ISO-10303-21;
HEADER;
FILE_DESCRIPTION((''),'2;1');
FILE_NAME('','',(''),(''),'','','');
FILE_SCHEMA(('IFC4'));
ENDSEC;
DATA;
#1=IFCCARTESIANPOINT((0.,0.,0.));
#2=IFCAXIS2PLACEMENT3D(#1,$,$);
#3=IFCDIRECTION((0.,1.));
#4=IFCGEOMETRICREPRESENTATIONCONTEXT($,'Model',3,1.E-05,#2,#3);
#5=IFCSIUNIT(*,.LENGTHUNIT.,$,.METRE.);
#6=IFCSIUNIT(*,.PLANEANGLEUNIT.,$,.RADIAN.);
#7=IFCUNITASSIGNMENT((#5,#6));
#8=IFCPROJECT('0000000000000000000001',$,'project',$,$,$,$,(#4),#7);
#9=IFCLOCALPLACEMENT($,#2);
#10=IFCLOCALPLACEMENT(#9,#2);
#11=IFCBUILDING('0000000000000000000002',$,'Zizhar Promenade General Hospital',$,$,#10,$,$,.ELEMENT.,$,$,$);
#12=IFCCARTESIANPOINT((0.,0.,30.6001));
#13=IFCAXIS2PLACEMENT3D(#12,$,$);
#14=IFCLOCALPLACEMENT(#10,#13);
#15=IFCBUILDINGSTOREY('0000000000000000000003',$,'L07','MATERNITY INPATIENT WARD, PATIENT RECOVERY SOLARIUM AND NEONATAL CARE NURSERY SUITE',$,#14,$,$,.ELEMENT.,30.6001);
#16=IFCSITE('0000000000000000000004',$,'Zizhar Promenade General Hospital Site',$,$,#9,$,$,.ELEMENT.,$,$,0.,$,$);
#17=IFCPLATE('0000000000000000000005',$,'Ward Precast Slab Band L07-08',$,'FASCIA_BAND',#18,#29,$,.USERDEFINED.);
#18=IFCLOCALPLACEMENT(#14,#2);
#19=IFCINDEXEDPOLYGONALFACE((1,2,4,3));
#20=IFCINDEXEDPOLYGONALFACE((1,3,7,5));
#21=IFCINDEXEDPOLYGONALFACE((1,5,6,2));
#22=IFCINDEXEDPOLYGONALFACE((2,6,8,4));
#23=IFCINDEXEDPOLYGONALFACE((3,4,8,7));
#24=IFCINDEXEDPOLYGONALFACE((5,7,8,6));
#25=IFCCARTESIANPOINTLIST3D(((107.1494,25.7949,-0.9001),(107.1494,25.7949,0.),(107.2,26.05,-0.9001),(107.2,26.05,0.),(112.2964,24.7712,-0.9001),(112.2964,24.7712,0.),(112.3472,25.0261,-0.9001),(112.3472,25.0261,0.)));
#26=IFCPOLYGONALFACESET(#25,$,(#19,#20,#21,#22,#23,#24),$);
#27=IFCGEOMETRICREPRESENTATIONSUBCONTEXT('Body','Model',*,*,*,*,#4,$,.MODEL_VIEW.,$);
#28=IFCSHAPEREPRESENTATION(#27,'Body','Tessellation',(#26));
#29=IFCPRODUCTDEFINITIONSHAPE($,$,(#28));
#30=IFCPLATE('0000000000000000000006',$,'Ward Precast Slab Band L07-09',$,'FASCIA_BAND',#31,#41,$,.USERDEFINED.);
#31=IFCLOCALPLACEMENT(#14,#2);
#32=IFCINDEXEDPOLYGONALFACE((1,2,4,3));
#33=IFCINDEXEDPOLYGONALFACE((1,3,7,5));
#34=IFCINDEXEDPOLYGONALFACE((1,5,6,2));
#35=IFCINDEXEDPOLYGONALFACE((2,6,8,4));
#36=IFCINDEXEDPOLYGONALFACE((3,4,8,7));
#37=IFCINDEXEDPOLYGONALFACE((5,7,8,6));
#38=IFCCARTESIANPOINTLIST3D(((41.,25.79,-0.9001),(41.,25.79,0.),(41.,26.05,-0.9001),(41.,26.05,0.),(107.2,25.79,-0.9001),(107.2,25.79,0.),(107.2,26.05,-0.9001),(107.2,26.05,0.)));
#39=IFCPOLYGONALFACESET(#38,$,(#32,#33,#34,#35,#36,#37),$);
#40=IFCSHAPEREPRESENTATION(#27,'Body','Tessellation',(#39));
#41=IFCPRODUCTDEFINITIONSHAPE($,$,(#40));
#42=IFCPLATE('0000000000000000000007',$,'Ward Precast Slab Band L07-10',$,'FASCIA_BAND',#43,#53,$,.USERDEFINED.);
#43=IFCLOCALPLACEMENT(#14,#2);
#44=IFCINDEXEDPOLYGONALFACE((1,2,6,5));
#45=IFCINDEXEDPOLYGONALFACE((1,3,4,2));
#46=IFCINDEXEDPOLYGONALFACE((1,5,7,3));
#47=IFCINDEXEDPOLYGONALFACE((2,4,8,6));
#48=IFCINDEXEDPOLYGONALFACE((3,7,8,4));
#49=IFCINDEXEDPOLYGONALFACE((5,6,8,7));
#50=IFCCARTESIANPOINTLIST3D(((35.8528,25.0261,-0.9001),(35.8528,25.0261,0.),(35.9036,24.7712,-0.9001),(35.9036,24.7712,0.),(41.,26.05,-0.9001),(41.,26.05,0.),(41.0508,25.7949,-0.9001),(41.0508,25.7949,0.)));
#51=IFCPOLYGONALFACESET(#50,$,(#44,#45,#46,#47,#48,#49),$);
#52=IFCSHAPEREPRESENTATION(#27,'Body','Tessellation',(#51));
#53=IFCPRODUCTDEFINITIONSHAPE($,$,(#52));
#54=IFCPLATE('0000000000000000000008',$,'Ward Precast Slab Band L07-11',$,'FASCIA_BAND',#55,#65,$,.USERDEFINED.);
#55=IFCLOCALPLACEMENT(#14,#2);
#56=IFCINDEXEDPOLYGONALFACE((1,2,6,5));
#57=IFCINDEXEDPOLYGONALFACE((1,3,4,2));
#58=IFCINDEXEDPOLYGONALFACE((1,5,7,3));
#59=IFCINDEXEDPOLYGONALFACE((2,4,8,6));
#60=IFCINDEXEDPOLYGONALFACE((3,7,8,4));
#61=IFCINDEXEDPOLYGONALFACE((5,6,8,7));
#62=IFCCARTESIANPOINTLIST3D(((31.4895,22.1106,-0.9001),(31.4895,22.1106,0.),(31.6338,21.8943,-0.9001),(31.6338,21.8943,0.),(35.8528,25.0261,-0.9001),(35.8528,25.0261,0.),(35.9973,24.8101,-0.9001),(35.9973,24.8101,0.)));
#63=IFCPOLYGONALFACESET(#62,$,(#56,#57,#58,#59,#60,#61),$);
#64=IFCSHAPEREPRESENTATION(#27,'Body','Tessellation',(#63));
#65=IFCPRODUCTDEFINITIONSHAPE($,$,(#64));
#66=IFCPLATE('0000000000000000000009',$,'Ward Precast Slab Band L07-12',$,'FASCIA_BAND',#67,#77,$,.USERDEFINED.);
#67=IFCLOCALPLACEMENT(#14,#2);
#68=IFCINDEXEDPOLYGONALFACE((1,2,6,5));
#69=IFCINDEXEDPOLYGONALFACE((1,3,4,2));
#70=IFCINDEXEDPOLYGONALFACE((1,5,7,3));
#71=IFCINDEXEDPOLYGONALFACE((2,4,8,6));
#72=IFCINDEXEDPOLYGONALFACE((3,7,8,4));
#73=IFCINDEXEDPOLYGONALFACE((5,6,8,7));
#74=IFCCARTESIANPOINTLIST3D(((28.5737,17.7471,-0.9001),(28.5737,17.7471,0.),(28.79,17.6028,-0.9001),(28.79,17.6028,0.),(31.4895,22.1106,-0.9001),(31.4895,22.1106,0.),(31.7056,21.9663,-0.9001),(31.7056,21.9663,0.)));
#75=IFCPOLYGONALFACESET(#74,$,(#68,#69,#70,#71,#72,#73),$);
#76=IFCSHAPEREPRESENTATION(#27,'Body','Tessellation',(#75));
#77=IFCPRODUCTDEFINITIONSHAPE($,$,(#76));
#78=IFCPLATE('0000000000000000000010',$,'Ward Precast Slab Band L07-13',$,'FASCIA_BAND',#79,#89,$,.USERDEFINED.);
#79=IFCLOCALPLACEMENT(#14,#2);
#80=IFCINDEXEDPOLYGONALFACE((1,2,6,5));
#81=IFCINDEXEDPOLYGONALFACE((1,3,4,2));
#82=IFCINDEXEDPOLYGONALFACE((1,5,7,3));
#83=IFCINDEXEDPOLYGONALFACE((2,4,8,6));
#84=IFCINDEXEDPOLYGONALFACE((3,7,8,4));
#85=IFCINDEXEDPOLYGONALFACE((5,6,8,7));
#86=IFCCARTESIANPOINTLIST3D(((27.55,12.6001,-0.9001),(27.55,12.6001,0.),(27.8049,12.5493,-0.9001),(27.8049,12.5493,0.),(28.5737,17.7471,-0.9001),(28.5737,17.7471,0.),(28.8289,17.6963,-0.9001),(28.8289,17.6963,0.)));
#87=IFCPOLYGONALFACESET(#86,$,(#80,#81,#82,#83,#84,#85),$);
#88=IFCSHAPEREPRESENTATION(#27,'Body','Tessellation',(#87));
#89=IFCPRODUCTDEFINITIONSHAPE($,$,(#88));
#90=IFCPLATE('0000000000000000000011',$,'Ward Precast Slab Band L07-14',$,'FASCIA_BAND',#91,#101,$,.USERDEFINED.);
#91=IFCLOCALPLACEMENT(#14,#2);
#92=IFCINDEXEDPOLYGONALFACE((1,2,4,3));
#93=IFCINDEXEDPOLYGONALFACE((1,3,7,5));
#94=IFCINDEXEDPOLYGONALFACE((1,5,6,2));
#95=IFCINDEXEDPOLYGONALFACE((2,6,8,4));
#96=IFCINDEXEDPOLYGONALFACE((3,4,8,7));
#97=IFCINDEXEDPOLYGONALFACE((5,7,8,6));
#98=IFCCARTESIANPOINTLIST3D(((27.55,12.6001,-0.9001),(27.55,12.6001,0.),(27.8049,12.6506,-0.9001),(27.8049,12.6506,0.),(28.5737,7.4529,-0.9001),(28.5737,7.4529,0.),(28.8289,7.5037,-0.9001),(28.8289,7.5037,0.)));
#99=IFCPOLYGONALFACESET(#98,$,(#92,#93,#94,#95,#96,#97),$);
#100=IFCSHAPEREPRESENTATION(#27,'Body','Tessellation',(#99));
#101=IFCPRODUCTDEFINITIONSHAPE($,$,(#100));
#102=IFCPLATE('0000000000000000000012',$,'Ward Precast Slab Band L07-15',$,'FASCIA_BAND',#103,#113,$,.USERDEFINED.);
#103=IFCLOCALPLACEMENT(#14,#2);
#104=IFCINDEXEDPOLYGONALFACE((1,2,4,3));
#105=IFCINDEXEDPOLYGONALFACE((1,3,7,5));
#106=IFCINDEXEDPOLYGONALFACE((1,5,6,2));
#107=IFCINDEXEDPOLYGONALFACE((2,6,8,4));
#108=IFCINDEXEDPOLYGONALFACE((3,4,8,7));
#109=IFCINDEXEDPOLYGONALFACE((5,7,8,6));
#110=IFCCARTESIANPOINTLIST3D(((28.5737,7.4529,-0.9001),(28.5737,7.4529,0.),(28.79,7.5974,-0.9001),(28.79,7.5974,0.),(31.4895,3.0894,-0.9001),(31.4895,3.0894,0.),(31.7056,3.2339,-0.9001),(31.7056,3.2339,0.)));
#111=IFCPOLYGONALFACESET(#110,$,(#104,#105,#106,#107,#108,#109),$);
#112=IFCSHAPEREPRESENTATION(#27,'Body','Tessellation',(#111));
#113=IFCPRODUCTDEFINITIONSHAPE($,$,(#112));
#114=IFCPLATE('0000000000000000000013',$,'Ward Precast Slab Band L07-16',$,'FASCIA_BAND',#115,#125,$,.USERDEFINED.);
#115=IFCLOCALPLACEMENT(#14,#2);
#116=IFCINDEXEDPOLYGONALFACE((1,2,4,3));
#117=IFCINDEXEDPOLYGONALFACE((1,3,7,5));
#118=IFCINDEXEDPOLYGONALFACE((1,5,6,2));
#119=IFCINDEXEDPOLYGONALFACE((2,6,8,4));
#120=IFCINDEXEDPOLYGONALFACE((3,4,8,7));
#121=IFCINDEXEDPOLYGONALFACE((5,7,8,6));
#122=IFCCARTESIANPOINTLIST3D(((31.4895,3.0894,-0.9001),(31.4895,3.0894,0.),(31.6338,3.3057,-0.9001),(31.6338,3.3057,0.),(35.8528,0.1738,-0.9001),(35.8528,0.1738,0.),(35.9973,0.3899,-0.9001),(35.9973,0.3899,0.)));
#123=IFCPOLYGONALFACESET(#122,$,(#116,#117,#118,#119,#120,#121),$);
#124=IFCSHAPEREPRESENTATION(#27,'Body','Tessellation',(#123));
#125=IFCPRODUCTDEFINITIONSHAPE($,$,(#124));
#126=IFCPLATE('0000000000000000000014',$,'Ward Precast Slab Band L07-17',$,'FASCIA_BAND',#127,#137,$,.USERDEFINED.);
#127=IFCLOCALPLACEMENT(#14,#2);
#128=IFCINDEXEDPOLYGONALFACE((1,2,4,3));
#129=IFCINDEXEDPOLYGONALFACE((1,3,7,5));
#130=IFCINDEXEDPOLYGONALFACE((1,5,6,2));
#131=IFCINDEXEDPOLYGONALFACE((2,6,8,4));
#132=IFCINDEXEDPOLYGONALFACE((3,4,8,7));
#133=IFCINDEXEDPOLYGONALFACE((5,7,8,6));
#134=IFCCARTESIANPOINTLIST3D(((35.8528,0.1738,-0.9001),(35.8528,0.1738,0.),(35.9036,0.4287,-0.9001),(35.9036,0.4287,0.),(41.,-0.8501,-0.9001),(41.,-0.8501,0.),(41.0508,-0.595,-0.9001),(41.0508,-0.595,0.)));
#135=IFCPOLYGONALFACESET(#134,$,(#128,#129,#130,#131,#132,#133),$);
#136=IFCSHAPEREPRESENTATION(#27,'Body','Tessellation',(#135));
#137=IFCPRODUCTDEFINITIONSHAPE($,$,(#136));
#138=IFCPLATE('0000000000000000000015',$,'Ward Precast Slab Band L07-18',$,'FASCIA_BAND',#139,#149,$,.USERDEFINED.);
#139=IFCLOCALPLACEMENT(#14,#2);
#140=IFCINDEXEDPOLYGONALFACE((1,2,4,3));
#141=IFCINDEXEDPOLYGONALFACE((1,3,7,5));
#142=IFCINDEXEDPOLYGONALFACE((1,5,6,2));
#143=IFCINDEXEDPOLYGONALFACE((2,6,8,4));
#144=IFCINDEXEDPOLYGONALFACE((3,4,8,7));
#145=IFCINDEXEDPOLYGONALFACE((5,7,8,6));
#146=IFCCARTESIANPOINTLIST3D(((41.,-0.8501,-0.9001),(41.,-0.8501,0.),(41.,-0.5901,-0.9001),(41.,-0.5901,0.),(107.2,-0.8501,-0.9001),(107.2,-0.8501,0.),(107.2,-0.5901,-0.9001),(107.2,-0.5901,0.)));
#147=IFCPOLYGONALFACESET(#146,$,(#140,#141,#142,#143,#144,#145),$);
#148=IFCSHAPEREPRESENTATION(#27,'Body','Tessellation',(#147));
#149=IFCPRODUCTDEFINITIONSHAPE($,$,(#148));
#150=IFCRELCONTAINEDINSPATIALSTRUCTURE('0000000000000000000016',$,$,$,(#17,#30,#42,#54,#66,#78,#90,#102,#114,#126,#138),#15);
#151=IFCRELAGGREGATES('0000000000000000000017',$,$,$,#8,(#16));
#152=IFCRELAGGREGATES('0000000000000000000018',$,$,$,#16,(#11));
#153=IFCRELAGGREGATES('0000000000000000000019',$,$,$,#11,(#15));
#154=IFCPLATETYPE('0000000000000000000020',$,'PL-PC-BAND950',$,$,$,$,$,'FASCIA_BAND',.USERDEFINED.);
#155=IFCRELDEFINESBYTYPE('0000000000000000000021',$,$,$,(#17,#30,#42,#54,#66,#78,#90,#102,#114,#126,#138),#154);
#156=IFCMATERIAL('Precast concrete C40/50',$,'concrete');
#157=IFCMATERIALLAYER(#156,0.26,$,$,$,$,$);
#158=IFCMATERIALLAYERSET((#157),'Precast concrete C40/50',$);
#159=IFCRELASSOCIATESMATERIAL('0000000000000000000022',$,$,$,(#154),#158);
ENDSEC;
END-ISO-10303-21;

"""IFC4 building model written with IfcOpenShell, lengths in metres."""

from ifc_helpers import new_model, si_unit, direction, frame, origin, place, context, subcontext, project, spatial, polyline, outline, extrude, material, layer, layer_set, type_object, element, save


model = new_model("IFC4")

# Units and contexts
model_context = context("Model", 3, precision=1e-05, world=origin(), true_north=direction((0.0, 1.0)))
body_context = subcontext(model_context, "Body", "Model", "MODEL_VIEW")
ifc_project = project(units=[si_unit("LENGTHUNIT", "METRE"), si_unit("PLANEANGLEUNIT", "RADIAN")], contexts=[model_context])

# Site, building, storey
site_placement = place(None, origin())
site = spatial("IfcSite", under=ifc_project, at=site_placement, Name="Zizhar Promenade General Hospital Site", CompositionType="ELEMENT", RefElevation=0.0)
building_placement = place(site_placement, origin())
building = spatial("IfcBuilding", under=site, at=building_placement, Name="Zizhar Promenade General Hospital", CompositionType="ELEMENT")
storey_placement = place(building_placement, frame((0.0, 0.0, 30.6001)))
storey = spatial("IfcBuildingStorey", under=building, at=storey_placement, Name="L07", Description="MATERNITY INPATIENT WARD, PATIENT RECOVERY SOLARIUM AND NEONATAL CARE NURSERY SUITE", CompositionType="ELEMENT", Elevation=30.6001)

# Plates
ifc_material_1 = material(Name="Precast concrete C40/50", Category="concrete")
ifc_layer_1 = layer(ifc_material_1, 0.26)
ifc_layer_set_1 = layer_set([ifc_layer_1], Name="Precast concrete C40/50")
plate_type_1 = type_object("IfcPlateType", Name="PL-PC-BAND950", ElementType="FASCIA_BAND", PredefinedType="USERDEFINED", material=ifc_layer_set_1)
plate_1_placement = place(storey_placement, frame((0.0, 0.0, -0.9001)))
element("IfcPlate", 1, at=plate_1_placement, inside=storey, type_object=plate_type_1, Name="Ward Precast Slab Band L07-08", ObjectType="FASCIA_BAND", PredefinedType="USERDEFINED", context=body_context, shape_type="SweptSolid", body=[
    extrude(outline(polyline([(112.3472, 25.0261), (107.2, 26.05), (107.1494, 25.7949), (112.2964, 24.7712), (112.3472, 25.0261)])), origin(), (0.0, 0.0, 1.0), 0.9001),
])
plate_2_placement = place(storey_placement, frame((0.0, 0.0, -0.9001)))
element("IfcPlate", 2, at=plate_2_placement, inside=storey, type_object=plate_type_1, Name="Ward Precast Slab Band L07-09", ObjectType="FASCIA_BAND", PredefinedType="USERDEFINED", context=body_context, shape_type="SweptSolid", body=[
    extrude(outline(polyline([(107.2, 26.05), (41.0, 26.05), (41.0, 25.79), (107.2, 25.79), (107.2, 26.05)])), origin(), (0.0, 0.0, 1.0), 0.9001),
])
plate_3_placement = place(storey_placement, frame((0.0, 0.0, -0.9001)))
element("IfcPlate", 3, at=plate_3_placement, inside=storey, type_object=plate_type_1, Name="Ward Precast Slab Band L07-10", ObjectType="FASCIA_BAND", PredefinedType="USERDEFINED", context=body_context, shape_type="SweptSolid", body=[
    extrude(outline(polyline([(41.0, 26.05), (35.8528, 25.0261), (35.9036, 24.7712), (41.0508, 25.7949), (41.0, 26.05)])), origin(), (0.0, 0.0, 1.0), 0.9001),
])
plate_4_placement = place(storey_placement, frame((0.0, 0.0, -0.9001)))
element("IfcPlate", 4, at=plate_4_placement, inside=storey, type_object=plate_type_1, Name="Ward Precast Slab Band L07-11", ObjectType="FASCIA_BAND", PredefinedType="USERDEFINED", context=body_context, shape_type="SweptSolid", body=[
    extrude(outline(polyline([(35.8528, 25.0261), (31.4895, 22.1106), (31.6338, 21.8943), (35.9973, 24.8101), (35.8528, 25.0261)])), origin(), (0.0, 0.0, 1.0), 0.9001),
])
plate_5_placement = place(storey_placement, frame((0.0, 0.0, -0.9001)))
element("IfcPlate", 5, at=plate_5_placement, inside=storey, type_object=plate_type_1, Name="Ward Precast Slab Band L07-12", ObjectType="FASCIA_BAND", PredefinedType="USERDEFINED", context=body_context, shape_type="SweptSolid", body=[
    extrude(outline(polyline([(31.4895, 22.1106), (28.5737, 17.7471), (28.79, 17.6028), (31.7056, 21.9663), (31.4895, 22.1106)])), origin(), (0.0, 0.0, 1.0), 0.9001),
])
plate_6_placement = place(storey_placement, frame((0.0, 0.0, -0.9001)))
element("IfcPlate", 6, at=plate_6_placement, inside=storey, type_object=plate_type_1, Name="Ward Precast Slab Band L07-13", ObjectType="FASCIA_BAND", PredefinedType="USERDEFINED", context=body_context, shape_type="SweptSolid", body=[
    extrude(outline(polyline([(28.5737, 17.7471), (27.55, 12.6001), (27.8049, 12.5493), (28.8289, 17.6963), (28.5737, 17.7471)])), origin(), (0.0, 0.0, 1.0), 0.9001),
])
plate_7_placement = place(storey_placement, frame((0.0, 0.0, -0.9001)))
element("IfcPlate", 7, at=plate_7_placement, inside=storey, type_object=plate_type_1, Name="Ward Precast Slab Band L07-14", ObjectType="FASCIA_BAND", PredefinedType="USERDEFINED", context=body_context, shape_type="SweptSolid", body=[
    extrude(outline(polyline([(27.55, 12.6001), (28.5737, 7.4529), (28.8289, 7.5037), (27.8049, 12.6506), (27.55, 12.6001)])), origin(), (0.0, 0.0, 1.0), 0.9001),
])
plate_8_placement = place(storey_placement, frame((0.0, 0.0, -0.9001)))
element("IfcPlate", 8, at=plate_8_placement, inside=storey, type_object=plate_type_1, Name="Ward Precast Slab Band L07-15", ObjectType="FASCIA_BAND", PredefinedType="USERDEFINED", context=body_context, shape_type="SweptSolid", body=[
    extrude(outline(polyline([(28.5737, 7.4529), (31.4895, 3.0894), (31.7056, 3.2339), (28.79, 7.5974), (28.5737, 7.4529)])), origin(), (0.0, 0.0, 1.0), 0.9001),
])
plate_9_placement = place(storey_placement, frame((0.0, 0.0, -0.9001)))
element("IfcPlate", 9, at=plate_9_placement, inside=storey, type_object=plate_type_1, Name="Ward Precast Slab Band L07-16", ObjectType="FASCIA_BAND", PredefinedType="USERDEFINED", context=body_context, shape_type="SweptSolid", body=[
    extrude(outline(polyline([(31.4895, 3.0894), (35.8528, 0.1738), (35.9973, 0.3899), (31.6338, 3.3057), (31.4895, 3.0894)])), origin(), (0.0, 0.0, 1.0), 0.9001),
])
plate_10_placement = place(storey_placement, frame((0.0, 0.0, -0.9001)))
element("IfcPlate", 10, at=plate_10_placement, inside=storey, type_object=plate_type_1, Name="Ward Precast Slab Band L07-17", ObjectType="FASCIA_BAND", PredefinedType="USERDEFINED", context=body_context, shape_type="SweptSolid", body=[
    extrude(outline(polyline([(35.8528, 0.1738), (41.0, -0.8501), (41.0508, -0.595), (35.9036, 0.4287), (35.8528, 0.1738)])), origin(), (0.0, 0.0, 1.0), 0.9001),
])
plate_11_placement = place(storey_placement, frame((0.0, 0.0, -0.9001)))
element("IfcPlate", 11, at=plate_11_placement, inside=storey, type_object=plate_type_1, Name="Ward Precast Slab Band L07-18", ObjectType="FASCIA_BAND", PredefinedType="USERDEFINED", context=body_context, shape_type="SweptSolid", body=[
    extrude(outline(polyline([(41.0, -0.8501), (107.2, -0.8501), (107.2, -0.5901), (41.0, -0.5901), (41.0, -0.8501)])), origin(), (0.0, 0.0, 1.0), 0.9001),
])

save(model, "model.ifc")
